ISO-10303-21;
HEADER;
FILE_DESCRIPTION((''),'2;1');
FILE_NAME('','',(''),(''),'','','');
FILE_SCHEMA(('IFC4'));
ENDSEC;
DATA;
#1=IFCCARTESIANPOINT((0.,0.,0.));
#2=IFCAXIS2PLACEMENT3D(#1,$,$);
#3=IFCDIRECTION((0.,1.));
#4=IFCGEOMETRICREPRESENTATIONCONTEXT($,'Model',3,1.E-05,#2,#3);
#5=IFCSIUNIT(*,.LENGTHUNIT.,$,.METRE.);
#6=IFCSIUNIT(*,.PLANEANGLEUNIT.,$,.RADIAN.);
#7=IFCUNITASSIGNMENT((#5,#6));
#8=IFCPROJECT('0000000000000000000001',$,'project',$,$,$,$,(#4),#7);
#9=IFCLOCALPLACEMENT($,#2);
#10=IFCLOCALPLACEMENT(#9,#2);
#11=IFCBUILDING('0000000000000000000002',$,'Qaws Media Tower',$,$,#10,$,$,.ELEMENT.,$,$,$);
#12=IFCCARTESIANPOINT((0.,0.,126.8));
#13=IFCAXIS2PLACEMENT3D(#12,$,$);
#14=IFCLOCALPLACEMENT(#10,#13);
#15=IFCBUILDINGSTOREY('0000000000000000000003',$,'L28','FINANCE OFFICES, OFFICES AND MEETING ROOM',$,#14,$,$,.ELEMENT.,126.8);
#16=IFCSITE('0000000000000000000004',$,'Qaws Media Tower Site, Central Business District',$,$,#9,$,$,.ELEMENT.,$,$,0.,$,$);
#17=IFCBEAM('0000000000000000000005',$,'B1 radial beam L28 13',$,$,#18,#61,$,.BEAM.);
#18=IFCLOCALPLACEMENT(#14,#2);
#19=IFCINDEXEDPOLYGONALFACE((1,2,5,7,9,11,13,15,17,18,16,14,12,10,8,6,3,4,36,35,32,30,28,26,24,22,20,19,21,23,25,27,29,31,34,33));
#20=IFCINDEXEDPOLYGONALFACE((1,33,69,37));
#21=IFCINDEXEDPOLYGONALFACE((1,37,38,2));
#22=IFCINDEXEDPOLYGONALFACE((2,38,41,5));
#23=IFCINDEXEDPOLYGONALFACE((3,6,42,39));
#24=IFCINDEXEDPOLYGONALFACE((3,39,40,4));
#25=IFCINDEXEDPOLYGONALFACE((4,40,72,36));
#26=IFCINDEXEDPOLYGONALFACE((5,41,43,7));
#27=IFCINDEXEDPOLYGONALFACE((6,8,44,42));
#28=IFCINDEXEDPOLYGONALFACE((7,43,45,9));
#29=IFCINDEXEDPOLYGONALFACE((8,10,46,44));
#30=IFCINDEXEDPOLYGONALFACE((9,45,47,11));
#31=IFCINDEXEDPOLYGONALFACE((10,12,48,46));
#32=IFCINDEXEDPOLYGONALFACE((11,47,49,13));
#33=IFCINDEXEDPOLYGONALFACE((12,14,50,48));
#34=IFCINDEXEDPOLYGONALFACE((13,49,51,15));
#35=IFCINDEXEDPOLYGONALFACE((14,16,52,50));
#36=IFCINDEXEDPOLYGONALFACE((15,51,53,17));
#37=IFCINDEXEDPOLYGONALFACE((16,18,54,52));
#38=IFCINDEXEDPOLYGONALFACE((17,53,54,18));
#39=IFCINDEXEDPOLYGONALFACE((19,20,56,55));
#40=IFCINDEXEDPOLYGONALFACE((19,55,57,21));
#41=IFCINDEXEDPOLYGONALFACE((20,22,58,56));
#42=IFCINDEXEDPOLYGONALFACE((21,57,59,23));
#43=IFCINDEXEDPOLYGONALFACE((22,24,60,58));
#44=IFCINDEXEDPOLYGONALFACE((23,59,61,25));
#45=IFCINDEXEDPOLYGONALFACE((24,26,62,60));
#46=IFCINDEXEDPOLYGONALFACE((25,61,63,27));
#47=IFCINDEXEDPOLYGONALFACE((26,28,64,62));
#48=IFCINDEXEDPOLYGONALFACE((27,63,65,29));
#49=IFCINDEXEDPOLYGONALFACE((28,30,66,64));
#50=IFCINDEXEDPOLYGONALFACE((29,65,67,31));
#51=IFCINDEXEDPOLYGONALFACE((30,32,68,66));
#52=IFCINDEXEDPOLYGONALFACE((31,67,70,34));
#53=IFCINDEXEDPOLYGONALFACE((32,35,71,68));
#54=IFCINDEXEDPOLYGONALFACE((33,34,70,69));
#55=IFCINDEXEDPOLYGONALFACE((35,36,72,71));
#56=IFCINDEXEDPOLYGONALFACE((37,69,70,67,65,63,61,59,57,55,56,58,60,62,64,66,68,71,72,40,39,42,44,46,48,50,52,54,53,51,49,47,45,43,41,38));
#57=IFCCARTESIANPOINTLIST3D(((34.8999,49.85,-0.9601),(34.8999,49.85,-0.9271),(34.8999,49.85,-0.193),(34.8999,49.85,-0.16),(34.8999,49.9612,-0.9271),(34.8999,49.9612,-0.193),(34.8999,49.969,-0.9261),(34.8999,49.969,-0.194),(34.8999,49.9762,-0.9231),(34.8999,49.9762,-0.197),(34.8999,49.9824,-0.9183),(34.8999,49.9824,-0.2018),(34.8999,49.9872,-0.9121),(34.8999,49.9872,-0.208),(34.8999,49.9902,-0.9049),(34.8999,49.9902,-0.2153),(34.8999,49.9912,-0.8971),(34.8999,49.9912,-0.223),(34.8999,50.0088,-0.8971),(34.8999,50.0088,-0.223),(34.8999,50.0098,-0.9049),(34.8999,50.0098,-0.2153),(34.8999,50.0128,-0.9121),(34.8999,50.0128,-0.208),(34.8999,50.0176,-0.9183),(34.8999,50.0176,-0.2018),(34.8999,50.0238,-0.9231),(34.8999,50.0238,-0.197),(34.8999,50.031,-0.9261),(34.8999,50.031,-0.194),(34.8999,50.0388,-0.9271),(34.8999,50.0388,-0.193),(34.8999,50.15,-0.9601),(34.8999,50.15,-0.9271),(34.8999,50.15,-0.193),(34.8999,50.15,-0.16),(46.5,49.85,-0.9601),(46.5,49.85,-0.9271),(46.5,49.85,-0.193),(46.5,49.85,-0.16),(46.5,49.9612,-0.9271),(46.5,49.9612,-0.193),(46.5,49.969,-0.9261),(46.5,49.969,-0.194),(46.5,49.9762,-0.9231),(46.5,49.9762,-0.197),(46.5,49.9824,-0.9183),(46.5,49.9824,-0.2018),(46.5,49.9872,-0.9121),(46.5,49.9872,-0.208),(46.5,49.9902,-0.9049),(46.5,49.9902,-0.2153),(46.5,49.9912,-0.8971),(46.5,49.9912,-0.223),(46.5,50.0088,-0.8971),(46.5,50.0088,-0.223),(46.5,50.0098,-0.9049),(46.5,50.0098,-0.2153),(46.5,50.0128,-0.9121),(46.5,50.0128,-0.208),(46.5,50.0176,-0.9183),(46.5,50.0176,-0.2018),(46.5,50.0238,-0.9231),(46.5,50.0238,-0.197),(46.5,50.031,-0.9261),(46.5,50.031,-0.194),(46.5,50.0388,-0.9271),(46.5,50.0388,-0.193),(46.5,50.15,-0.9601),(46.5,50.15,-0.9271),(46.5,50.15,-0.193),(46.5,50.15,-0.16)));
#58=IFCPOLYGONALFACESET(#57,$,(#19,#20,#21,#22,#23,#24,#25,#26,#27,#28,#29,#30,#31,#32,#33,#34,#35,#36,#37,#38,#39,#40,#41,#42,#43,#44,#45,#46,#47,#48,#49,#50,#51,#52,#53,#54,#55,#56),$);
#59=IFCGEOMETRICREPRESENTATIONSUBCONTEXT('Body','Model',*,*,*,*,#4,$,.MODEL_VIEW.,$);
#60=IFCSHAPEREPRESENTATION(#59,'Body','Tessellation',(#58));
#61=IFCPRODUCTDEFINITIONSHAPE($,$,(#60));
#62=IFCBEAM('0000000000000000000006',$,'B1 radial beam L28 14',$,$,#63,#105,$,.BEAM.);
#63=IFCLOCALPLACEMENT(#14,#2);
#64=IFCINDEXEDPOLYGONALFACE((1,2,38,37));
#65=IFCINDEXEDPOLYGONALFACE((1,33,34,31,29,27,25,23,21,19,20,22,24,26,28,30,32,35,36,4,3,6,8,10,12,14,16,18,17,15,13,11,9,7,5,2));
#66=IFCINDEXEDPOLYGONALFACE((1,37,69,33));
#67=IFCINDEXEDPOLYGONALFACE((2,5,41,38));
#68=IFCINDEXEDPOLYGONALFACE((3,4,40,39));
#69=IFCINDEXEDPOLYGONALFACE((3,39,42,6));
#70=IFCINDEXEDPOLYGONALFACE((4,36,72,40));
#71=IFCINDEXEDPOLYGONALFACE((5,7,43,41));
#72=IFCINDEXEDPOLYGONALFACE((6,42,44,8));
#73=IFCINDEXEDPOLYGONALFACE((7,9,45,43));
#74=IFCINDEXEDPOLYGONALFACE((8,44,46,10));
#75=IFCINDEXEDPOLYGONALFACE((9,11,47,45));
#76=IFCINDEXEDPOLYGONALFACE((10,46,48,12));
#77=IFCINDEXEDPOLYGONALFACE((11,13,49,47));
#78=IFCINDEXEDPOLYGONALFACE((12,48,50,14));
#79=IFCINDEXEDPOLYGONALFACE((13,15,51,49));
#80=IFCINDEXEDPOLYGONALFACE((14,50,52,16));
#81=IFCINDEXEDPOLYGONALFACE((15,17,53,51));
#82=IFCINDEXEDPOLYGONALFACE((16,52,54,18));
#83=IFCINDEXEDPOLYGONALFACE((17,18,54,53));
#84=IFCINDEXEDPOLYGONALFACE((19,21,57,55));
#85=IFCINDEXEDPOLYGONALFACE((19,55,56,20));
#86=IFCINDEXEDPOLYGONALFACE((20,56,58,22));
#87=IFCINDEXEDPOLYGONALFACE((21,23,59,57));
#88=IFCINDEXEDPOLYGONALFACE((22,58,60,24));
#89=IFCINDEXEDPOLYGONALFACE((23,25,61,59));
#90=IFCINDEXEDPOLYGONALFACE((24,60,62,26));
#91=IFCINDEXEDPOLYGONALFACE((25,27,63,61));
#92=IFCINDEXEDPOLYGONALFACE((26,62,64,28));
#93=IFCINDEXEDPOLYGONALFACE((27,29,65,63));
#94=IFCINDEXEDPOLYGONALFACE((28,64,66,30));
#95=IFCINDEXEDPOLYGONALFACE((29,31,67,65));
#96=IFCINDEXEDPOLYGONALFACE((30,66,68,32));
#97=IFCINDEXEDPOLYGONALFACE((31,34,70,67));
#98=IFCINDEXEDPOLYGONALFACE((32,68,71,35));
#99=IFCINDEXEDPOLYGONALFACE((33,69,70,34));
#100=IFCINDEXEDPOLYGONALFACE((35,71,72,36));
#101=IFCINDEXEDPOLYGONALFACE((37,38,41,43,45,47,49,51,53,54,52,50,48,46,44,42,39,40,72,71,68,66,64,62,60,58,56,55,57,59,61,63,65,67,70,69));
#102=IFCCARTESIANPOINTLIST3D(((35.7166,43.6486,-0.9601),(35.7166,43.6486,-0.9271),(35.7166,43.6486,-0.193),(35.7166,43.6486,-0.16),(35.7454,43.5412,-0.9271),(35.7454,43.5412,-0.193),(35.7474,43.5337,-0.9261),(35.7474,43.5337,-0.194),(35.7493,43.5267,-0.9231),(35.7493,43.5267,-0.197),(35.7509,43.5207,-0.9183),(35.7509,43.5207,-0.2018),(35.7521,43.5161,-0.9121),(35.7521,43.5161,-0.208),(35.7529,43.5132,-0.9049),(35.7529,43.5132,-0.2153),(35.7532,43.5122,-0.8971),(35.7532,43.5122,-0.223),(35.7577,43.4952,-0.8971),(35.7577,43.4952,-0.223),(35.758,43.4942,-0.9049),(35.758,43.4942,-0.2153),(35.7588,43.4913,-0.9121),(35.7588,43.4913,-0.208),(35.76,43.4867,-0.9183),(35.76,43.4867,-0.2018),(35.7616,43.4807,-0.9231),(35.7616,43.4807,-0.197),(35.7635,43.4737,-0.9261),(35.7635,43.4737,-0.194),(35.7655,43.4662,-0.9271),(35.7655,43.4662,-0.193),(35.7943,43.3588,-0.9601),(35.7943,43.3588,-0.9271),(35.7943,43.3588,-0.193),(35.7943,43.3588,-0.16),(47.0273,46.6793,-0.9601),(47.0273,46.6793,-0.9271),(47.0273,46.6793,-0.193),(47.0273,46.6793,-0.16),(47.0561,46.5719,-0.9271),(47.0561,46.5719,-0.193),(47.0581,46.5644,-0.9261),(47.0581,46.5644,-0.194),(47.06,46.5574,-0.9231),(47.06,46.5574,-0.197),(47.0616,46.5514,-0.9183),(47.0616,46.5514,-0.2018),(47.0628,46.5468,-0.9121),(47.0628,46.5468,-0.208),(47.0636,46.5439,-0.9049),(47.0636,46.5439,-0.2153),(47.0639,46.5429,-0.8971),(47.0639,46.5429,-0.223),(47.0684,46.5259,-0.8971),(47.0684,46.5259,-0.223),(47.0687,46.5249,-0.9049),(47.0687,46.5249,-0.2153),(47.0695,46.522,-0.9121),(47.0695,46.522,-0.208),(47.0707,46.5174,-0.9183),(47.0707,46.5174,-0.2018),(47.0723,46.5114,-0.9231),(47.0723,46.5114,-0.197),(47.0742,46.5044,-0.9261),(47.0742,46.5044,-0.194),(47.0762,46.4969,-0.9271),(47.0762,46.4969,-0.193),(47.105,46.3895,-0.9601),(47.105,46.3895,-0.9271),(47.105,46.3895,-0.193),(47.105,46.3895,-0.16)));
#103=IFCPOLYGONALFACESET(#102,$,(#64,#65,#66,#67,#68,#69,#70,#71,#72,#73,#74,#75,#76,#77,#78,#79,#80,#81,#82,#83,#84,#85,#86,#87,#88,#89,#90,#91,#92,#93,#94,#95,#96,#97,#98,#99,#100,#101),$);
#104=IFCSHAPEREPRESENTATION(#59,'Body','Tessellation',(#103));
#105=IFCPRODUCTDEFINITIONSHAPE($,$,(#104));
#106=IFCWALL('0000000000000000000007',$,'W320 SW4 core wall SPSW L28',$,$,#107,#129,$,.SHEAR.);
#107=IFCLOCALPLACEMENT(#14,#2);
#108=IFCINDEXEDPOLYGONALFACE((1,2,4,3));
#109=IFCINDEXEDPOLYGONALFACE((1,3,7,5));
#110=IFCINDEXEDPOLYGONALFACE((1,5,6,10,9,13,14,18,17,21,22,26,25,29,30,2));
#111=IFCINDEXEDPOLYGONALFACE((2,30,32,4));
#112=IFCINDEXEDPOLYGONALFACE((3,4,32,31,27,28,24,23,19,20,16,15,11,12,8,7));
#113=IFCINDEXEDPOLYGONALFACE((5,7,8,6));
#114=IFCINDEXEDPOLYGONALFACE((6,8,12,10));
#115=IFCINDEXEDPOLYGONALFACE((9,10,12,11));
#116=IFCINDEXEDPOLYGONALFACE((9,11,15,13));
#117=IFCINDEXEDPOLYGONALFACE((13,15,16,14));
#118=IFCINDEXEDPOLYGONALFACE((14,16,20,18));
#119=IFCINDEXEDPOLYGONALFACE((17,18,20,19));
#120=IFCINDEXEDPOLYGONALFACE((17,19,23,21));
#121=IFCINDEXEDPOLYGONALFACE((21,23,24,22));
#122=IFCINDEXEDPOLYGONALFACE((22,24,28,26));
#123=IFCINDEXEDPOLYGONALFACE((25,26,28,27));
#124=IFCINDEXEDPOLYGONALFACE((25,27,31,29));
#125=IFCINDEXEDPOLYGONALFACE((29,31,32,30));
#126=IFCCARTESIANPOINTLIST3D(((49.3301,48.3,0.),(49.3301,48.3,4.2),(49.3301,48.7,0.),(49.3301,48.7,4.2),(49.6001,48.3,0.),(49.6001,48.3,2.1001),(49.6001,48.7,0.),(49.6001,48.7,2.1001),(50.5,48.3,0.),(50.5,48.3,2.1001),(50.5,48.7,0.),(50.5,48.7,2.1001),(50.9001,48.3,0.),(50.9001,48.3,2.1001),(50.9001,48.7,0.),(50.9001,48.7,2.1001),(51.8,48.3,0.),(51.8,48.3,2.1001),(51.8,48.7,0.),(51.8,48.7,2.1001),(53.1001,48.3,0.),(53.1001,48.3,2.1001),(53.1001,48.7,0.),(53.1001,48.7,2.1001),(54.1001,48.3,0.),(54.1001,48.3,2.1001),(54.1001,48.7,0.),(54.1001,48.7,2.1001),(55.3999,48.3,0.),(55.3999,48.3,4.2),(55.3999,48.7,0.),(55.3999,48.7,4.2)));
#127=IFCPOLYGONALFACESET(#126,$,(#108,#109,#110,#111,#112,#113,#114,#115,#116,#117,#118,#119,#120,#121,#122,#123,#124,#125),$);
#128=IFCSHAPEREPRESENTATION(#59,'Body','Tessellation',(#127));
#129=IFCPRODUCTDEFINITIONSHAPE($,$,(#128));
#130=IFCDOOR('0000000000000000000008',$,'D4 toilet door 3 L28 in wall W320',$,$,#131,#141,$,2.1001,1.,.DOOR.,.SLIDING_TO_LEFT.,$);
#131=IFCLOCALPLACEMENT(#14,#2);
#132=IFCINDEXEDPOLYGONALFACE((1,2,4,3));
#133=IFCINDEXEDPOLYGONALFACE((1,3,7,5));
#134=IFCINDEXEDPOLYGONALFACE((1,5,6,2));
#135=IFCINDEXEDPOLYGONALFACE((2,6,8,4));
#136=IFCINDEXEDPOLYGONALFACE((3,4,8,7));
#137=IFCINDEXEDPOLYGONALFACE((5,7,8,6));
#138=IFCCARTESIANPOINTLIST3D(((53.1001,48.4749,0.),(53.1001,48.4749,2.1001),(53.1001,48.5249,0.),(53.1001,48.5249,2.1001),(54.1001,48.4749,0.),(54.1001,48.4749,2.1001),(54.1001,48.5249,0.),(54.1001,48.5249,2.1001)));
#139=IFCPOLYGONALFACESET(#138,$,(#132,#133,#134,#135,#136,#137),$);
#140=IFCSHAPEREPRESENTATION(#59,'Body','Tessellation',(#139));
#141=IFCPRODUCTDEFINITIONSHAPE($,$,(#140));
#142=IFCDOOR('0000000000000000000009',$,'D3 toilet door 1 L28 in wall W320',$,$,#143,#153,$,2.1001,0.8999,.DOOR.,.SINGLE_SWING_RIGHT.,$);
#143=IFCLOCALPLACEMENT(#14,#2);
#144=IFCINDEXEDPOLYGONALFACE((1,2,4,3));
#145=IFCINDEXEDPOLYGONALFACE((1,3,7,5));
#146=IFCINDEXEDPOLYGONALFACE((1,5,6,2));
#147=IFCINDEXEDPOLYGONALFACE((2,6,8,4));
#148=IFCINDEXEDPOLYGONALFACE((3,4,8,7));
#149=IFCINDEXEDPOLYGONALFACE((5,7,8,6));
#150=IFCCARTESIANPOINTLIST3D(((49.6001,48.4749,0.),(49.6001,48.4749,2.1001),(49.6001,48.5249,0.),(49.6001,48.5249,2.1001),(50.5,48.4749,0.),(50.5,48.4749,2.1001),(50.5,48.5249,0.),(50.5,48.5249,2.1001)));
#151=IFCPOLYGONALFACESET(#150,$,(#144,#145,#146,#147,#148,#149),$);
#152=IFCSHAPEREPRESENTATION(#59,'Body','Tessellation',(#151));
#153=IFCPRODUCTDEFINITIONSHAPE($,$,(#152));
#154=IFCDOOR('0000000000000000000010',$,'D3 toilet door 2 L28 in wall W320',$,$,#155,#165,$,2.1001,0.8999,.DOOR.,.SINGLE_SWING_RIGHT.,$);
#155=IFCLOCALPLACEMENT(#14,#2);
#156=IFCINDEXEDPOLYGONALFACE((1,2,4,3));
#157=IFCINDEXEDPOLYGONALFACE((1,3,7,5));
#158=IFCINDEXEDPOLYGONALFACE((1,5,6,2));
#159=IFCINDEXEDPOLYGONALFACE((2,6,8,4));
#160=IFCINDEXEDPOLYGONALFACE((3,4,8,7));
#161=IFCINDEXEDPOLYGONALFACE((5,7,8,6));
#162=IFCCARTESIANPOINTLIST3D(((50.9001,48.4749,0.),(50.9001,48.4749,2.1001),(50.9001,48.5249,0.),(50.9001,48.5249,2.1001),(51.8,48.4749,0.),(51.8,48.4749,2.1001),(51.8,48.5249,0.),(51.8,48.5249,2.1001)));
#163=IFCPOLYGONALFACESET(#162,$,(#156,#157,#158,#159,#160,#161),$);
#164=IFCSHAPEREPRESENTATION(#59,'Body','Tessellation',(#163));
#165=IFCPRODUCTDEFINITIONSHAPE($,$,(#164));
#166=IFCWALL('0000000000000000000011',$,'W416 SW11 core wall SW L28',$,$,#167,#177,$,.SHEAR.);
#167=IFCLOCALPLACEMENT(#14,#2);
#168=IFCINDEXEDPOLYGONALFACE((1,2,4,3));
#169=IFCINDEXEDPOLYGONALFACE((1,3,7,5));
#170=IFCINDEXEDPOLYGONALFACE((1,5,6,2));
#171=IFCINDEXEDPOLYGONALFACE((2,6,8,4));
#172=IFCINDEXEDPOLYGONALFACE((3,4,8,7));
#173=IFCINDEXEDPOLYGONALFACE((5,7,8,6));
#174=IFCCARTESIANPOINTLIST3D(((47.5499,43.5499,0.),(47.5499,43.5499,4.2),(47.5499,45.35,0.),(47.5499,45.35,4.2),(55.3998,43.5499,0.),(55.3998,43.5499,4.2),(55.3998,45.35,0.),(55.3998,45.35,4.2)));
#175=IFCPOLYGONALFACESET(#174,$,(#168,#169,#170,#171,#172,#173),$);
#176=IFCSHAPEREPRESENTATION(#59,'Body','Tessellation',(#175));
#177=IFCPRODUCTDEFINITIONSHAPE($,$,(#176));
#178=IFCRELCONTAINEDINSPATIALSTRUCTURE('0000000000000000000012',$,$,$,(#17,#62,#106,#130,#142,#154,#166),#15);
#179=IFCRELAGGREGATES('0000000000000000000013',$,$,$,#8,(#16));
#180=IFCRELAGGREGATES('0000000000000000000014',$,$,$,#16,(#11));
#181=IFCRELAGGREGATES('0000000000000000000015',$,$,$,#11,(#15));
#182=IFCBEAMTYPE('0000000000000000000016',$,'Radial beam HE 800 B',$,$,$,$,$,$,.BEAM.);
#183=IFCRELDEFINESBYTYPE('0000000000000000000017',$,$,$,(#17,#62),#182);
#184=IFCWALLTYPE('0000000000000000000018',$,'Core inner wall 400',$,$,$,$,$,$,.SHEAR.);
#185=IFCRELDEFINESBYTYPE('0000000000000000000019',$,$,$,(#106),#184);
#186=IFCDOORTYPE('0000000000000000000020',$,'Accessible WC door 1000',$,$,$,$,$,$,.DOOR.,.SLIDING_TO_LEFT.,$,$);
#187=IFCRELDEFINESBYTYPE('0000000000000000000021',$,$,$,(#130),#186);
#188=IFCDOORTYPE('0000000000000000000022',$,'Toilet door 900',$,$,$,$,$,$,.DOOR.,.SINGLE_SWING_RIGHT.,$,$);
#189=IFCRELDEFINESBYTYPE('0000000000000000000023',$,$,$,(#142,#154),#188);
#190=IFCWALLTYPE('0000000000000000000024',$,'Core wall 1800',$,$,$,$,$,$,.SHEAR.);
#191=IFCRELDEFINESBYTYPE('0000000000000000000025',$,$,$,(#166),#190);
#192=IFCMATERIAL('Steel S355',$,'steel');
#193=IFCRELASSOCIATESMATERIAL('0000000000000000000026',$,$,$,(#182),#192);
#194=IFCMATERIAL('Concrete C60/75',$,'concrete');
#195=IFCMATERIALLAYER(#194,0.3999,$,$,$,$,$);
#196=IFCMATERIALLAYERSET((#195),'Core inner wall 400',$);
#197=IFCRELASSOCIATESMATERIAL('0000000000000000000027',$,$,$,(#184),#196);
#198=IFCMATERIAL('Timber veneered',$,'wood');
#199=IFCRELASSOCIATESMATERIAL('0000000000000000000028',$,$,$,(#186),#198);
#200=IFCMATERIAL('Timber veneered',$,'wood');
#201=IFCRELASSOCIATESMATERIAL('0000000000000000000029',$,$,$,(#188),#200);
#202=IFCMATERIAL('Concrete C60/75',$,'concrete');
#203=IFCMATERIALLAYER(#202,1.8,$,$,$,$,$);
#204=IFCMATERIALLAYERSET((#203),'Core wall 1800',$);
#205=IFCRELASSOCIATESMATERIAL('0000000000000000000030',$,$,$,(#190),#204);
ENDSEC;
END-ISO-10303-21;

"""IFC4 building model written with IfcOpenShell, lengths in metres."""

from ifc_helpers import new_model, si_unit, direction, frame, frame_2d, origin, origin_2d, place, context, subcontext, project, spatial, rectangle, i_section, extrude, material, layer, layer_set, material_profile, profile_set, type_object, element, fill, save


model = new_model("IFC4")

# Units and contexts
model_context = context("Model", 3, precision=1e-05, world=origin(), true_north=direction((0.0, 1.0)))
body_context = subcontext(model_context, "Body", "Model", "MODEL_VIEW")
ifc_project = project(units=[si_unit("LENGTHUNIT", "METRE"), si_unit("PLANEANGLEUNIT", "RADIAN")], contexts=[model_context])

# Site, building, storey
site_placement = place(None, origin())
site = spatial("IfcSite", under=ifc_project, at=site_placement, Name="Qaws Media Tower Site, Central Business District", CompositionType="ELEMENT", RefElevation=0.0)
building_placement = place(site_placement, origin())
building = spatial("IfcBuilding", under=site, at=building_placement, Name="Qaws Media Tower", CompositionType="ELEMENT")
storey_placement = place(building_placement, frame((0.0, 0.0, 126.8)))
storey = spatial("IfcBuildingStorey", under=building, at=storey_placement, Name="L28", Description="FINANCE OFFICES, OFFICES AND MEETING ROOM", CompositionType="ELEMENT", Elevation=126.8)

# Beams
ifc_material_1 = material(Name="Steel S355", Category="steel")
ifc_material_profile_1 = material_profile(ifc_material_1, i_section(OverallWidth=0.3, OverallDepth=0.8, WebThickness=0.0176, FlangeThickness=0.033, FilletRadius=0.03, at=origin_2d()), Name="HE 800 B")
ifc_profile_set_1 = profile_set([ifc_material_profile_1], Name="Steel S355")
beam_type_1 = type_object("IfcBeamType", Name="Radial beam HE 800 B", PredefinedType="BEAM", material=ifc_profile_set_1)
beam_1_placement = place(storey_placement, frame((46.5, 50.0, -0.5601), z_axis=(-1.0, 0.0, 0.0), x_axis=(0.0, -1.0, 0.0)))
element("IfcBeam", 1, at=beam_1_placement, inside=storey, type_object=beam_type_1, Name="B1 radial beam L28 13", PredefinedType="BEAM", context=body_context, shape_type="SweptSolid", body=[
    extrude(i_section(OverallWidth=0.3, OverallDepth=0.8, WebThickness=0.0176, FlangeThickness=0.033, FilletRadius=0.03, at=origin_2d()), origin(), (0.0, 0.0, 1.0), 11.6001),
])
beam_2_placement = place(storey_placement, frame((47.0662, 46.5344, -0.5601), z_axis=(-0.965925, -0.258823, 0.0), x_axis=(0.258823, -0.965925, 0.0)))
element("IfcBeam", 2, at=beam_2_placement, inside=storey, type_object=beam_type_1, Name="B1 radial beam L28 14", PredefinedType="BEAM", context=body_context, shape_type="SweptSolid", body=[
    extrude(i_section(OverallWidth=0.3, OverallDepth=0.8, WebThickness=0.0176, FlangeThickness=0.033, FilletRadius=0.03, at=origin_2d()), origin(), (0.0, 0.0, 1.0), 11.7097),
])

# Wall, openings, doors
ifc_material_2 = material(Name="Concrete C60/75", Category="concrete")
ifc_layer_1 = layer(ifc_material_2, 0.3999)
ifc_layer_set_1 = layer_set([ifc_layer_1], Name="Core inner wall 400")
wall_type_1 = type_object("IfcWallType", Name="Core inner wall 400", PredefinedType="SHEAR", material=ifc_layer_set_1)
wall_1_placement = place(storey_placement, frame((49.3301, 48.5, 0.0), z_axis=(0.0, 0.0, 1.0), x_axis=(1.0, 0.0, 0.0)))
wall_1 = element("IfcWall", 3, at=wall_1_placement, inside=storey, type_object=wall_type_1, Name="W320 SW4 core wall SPSW L28", PredefinedType="SHEAR", context=body_context, shape_type="SweptSolid", body=[
    extrude(rectangle(XDim=6.0698, YDim=0.3999, at=frame_2d((3.0349, 0.0))), origin(), (0.0, 0.0, 1.0), 4.2),
])
opening_1_placement = place(wall_1_placement, frame((0.27, 0.0, 0.0)))
opening_1 = element("IfcOpeningElement", 4, at=opening_1_placement, cuts=wall_1, PredefinedType="OPENING", context=body_context, shape_type="SweptSolid", body=[
    extrude(rectangle(XDim=0.8999, YDim=2.1001, at=frame_2d((0.45, 1.05))), frame((0.0, 0.21, 0.0), z_axis=(0.0, -1.0, 0.0), x_axis=(1.0, 0.0, 0.0)), (0.0, 0.0, 1.0), 0.4199),
])
opening_2_placement = place(wall_1_placement, frame((1.5701, 0.0, 0.0)))
opening_2 = element("IfcOpeningElement", 5, at=opening_2_placement, cuts=wall_1, PredefinedType="OPENING", context=body_context, shape_type="SweptSolid", body=[
    extrude(rectangle(XDim=0.8999, YDim=2.1001, at=frame_2d((0.45, 1.05))), frame((0.0, 0.21, 0.0), z_axis=(0.0, -1.0, 0.0), x_axis=(1.0, 0.0, 0.0)), (0.0, 0.0, 1.0), 0.4199),
])
opening_3_placement = place(wall_1_placement, frame((3.77, 0.0, 0.0)))
opening_3 = element("IfcOpeningElement", 6, at=opening_3_placement, cuts=wall_1, PredefinedType="OPENING", context=body_context, shape_type="SweptSolid", body=[
    extrude(rectangle(XDim=1.0, YDim=2.1001, at=frame_2d((0.5, 1.05))), frame((0.0, 0.21, 0.0), z_axis=(0.0, -1.0, 0.0), x_axis=(1.0, 0.0, 0.0)), (0.0, 0.0, 1.0), 0.4199),
])
ifc_material_3 = material(Name="Timber veneered", Category="wood")
door_type_1 = type_object("IfcDoorType", Name="Accessible WC door 1000", OperationType="SLIDING_TO_LEFT", PredefinedType="DOOR", material=ifc_material_3)
door_1_placement = place(opening_3_placement, origin())
door_1 = element("IfcDoor", 7, at=door_1_placement, inside=storey, type_object=door_type_1, Name="D4 toilet door 3 L28 in wall W320", OperationType="SLIDING_TO_LEFT", OverallHeight=2.1001, OverallWidth=1.0, PredefinedType="DOOR", context=body_context, shape_type="SweptSolid", body=[
    extrude(rectangle(XDim=1.0, YDim=2.1001, at=frame_2d((0.5, 1.05))), frame((0.0, 0.0249, 0.0), z_axis=(0.0, -1.0, 0.0), x_axis=(1.0, 0.0, 0.0)), (0.0, 0.0, 1.0), 0.05),
])
fill(opening_3, door_1)
ifc_material_4 = material(Name="Timber veneered", Category="wood")
door_type_2 = type_object("IfcDoorType", Name="Toilet door 900", OperationType="SINGLE_SWING_RIGHT", PredefinedType="DOOR", material=ifc_material_4)
door_2_placement = place(opening_1_placement, origin())
door_2 = element("IfcDoor", 8, at=door_2_placement, inside=storey, type_object=door_type_2, Name="D3 toilet door 1 L28 in wall W320", OperationType="SINGLE_SWING_RIGHT", OverallHeight=2.1001, OverallWidth=0.8999, PredefinedType="DOOR", context=body_context, shape_type="SweptSolid", body=[
    extrude(rectangle(XDim=0.8999, YDim=2.1001, at=frame_2d((0.45, 1.05))), frame((0.0, 0.0249, 0.0), z_axis=(0.0, -1.0, 0.0), x_axis=(1.0, 0.0, 0.0)), (0.0, 0.0, 1.0), 0.05),
])
fill(opening_1, door_2)
door_3_placement = place(opening_2_placement, origin())
door_3 = element("IfcDoor", 9, at=door_3_placement, inside=storey, type_object=door_type_2, Name="D3 toilet door 2 L28 in wall W320", OperationType="SINGLE_SWING_RIGHT", OverallHeight=2.1001, OverallWidth=0.8999, PredefinedType="DOOR", context=body_context, shape_type="SweptSolid", body=[
    extrude(rectangle(XDim=0.8999, YDim=2.1001, at=frame_2d((0.45, 1.05))), frame((0.0, 0.0249, 0.0), z_axis=(0.0, -1.0, 0.0), x_axis=(1.0, 0.0, 0.0)), (0.0, 0.0, 1.0), 0.05),
])
fill(opening_2, door_3)

# Wall
ifc_material_5 = material(Name="Concrete C60/75", Category="concrete")
ifc_layer_2 = layer(ifc_material_5, 1.8)
ifc_layer_set_2 = layer_set([ifc_layer_2], Name="Core wall 1800")
wall_type_2 = type_object("IfcWallType", Name="Core wall 1800", PredefinedType="SHEAR", material=ifc_layer_set_2)
wall_2_placement = place(storey_placement, frame((47.55, 44.45, 0.0), z_axis=(0.0, 0.0, 1.0), x_axis=(1.0, 0.0, 0.0)))
element("IfcWall", 10, at=wall_2_placement, inside=storey, type_object=wall_type_2, Name="W416 SW11 core wall SW L28", PredefinedType="SHEAR", context=body_context, shape_type="SweptSolid", body=[
    extrude(rectangle(XDim=7.8499, YDim=1.8, at=frame_2d((3.9248, 0.0))), origin(), (0.0, 0.0, 1.0), 4.2),
])

save(model, "model.ifc")
